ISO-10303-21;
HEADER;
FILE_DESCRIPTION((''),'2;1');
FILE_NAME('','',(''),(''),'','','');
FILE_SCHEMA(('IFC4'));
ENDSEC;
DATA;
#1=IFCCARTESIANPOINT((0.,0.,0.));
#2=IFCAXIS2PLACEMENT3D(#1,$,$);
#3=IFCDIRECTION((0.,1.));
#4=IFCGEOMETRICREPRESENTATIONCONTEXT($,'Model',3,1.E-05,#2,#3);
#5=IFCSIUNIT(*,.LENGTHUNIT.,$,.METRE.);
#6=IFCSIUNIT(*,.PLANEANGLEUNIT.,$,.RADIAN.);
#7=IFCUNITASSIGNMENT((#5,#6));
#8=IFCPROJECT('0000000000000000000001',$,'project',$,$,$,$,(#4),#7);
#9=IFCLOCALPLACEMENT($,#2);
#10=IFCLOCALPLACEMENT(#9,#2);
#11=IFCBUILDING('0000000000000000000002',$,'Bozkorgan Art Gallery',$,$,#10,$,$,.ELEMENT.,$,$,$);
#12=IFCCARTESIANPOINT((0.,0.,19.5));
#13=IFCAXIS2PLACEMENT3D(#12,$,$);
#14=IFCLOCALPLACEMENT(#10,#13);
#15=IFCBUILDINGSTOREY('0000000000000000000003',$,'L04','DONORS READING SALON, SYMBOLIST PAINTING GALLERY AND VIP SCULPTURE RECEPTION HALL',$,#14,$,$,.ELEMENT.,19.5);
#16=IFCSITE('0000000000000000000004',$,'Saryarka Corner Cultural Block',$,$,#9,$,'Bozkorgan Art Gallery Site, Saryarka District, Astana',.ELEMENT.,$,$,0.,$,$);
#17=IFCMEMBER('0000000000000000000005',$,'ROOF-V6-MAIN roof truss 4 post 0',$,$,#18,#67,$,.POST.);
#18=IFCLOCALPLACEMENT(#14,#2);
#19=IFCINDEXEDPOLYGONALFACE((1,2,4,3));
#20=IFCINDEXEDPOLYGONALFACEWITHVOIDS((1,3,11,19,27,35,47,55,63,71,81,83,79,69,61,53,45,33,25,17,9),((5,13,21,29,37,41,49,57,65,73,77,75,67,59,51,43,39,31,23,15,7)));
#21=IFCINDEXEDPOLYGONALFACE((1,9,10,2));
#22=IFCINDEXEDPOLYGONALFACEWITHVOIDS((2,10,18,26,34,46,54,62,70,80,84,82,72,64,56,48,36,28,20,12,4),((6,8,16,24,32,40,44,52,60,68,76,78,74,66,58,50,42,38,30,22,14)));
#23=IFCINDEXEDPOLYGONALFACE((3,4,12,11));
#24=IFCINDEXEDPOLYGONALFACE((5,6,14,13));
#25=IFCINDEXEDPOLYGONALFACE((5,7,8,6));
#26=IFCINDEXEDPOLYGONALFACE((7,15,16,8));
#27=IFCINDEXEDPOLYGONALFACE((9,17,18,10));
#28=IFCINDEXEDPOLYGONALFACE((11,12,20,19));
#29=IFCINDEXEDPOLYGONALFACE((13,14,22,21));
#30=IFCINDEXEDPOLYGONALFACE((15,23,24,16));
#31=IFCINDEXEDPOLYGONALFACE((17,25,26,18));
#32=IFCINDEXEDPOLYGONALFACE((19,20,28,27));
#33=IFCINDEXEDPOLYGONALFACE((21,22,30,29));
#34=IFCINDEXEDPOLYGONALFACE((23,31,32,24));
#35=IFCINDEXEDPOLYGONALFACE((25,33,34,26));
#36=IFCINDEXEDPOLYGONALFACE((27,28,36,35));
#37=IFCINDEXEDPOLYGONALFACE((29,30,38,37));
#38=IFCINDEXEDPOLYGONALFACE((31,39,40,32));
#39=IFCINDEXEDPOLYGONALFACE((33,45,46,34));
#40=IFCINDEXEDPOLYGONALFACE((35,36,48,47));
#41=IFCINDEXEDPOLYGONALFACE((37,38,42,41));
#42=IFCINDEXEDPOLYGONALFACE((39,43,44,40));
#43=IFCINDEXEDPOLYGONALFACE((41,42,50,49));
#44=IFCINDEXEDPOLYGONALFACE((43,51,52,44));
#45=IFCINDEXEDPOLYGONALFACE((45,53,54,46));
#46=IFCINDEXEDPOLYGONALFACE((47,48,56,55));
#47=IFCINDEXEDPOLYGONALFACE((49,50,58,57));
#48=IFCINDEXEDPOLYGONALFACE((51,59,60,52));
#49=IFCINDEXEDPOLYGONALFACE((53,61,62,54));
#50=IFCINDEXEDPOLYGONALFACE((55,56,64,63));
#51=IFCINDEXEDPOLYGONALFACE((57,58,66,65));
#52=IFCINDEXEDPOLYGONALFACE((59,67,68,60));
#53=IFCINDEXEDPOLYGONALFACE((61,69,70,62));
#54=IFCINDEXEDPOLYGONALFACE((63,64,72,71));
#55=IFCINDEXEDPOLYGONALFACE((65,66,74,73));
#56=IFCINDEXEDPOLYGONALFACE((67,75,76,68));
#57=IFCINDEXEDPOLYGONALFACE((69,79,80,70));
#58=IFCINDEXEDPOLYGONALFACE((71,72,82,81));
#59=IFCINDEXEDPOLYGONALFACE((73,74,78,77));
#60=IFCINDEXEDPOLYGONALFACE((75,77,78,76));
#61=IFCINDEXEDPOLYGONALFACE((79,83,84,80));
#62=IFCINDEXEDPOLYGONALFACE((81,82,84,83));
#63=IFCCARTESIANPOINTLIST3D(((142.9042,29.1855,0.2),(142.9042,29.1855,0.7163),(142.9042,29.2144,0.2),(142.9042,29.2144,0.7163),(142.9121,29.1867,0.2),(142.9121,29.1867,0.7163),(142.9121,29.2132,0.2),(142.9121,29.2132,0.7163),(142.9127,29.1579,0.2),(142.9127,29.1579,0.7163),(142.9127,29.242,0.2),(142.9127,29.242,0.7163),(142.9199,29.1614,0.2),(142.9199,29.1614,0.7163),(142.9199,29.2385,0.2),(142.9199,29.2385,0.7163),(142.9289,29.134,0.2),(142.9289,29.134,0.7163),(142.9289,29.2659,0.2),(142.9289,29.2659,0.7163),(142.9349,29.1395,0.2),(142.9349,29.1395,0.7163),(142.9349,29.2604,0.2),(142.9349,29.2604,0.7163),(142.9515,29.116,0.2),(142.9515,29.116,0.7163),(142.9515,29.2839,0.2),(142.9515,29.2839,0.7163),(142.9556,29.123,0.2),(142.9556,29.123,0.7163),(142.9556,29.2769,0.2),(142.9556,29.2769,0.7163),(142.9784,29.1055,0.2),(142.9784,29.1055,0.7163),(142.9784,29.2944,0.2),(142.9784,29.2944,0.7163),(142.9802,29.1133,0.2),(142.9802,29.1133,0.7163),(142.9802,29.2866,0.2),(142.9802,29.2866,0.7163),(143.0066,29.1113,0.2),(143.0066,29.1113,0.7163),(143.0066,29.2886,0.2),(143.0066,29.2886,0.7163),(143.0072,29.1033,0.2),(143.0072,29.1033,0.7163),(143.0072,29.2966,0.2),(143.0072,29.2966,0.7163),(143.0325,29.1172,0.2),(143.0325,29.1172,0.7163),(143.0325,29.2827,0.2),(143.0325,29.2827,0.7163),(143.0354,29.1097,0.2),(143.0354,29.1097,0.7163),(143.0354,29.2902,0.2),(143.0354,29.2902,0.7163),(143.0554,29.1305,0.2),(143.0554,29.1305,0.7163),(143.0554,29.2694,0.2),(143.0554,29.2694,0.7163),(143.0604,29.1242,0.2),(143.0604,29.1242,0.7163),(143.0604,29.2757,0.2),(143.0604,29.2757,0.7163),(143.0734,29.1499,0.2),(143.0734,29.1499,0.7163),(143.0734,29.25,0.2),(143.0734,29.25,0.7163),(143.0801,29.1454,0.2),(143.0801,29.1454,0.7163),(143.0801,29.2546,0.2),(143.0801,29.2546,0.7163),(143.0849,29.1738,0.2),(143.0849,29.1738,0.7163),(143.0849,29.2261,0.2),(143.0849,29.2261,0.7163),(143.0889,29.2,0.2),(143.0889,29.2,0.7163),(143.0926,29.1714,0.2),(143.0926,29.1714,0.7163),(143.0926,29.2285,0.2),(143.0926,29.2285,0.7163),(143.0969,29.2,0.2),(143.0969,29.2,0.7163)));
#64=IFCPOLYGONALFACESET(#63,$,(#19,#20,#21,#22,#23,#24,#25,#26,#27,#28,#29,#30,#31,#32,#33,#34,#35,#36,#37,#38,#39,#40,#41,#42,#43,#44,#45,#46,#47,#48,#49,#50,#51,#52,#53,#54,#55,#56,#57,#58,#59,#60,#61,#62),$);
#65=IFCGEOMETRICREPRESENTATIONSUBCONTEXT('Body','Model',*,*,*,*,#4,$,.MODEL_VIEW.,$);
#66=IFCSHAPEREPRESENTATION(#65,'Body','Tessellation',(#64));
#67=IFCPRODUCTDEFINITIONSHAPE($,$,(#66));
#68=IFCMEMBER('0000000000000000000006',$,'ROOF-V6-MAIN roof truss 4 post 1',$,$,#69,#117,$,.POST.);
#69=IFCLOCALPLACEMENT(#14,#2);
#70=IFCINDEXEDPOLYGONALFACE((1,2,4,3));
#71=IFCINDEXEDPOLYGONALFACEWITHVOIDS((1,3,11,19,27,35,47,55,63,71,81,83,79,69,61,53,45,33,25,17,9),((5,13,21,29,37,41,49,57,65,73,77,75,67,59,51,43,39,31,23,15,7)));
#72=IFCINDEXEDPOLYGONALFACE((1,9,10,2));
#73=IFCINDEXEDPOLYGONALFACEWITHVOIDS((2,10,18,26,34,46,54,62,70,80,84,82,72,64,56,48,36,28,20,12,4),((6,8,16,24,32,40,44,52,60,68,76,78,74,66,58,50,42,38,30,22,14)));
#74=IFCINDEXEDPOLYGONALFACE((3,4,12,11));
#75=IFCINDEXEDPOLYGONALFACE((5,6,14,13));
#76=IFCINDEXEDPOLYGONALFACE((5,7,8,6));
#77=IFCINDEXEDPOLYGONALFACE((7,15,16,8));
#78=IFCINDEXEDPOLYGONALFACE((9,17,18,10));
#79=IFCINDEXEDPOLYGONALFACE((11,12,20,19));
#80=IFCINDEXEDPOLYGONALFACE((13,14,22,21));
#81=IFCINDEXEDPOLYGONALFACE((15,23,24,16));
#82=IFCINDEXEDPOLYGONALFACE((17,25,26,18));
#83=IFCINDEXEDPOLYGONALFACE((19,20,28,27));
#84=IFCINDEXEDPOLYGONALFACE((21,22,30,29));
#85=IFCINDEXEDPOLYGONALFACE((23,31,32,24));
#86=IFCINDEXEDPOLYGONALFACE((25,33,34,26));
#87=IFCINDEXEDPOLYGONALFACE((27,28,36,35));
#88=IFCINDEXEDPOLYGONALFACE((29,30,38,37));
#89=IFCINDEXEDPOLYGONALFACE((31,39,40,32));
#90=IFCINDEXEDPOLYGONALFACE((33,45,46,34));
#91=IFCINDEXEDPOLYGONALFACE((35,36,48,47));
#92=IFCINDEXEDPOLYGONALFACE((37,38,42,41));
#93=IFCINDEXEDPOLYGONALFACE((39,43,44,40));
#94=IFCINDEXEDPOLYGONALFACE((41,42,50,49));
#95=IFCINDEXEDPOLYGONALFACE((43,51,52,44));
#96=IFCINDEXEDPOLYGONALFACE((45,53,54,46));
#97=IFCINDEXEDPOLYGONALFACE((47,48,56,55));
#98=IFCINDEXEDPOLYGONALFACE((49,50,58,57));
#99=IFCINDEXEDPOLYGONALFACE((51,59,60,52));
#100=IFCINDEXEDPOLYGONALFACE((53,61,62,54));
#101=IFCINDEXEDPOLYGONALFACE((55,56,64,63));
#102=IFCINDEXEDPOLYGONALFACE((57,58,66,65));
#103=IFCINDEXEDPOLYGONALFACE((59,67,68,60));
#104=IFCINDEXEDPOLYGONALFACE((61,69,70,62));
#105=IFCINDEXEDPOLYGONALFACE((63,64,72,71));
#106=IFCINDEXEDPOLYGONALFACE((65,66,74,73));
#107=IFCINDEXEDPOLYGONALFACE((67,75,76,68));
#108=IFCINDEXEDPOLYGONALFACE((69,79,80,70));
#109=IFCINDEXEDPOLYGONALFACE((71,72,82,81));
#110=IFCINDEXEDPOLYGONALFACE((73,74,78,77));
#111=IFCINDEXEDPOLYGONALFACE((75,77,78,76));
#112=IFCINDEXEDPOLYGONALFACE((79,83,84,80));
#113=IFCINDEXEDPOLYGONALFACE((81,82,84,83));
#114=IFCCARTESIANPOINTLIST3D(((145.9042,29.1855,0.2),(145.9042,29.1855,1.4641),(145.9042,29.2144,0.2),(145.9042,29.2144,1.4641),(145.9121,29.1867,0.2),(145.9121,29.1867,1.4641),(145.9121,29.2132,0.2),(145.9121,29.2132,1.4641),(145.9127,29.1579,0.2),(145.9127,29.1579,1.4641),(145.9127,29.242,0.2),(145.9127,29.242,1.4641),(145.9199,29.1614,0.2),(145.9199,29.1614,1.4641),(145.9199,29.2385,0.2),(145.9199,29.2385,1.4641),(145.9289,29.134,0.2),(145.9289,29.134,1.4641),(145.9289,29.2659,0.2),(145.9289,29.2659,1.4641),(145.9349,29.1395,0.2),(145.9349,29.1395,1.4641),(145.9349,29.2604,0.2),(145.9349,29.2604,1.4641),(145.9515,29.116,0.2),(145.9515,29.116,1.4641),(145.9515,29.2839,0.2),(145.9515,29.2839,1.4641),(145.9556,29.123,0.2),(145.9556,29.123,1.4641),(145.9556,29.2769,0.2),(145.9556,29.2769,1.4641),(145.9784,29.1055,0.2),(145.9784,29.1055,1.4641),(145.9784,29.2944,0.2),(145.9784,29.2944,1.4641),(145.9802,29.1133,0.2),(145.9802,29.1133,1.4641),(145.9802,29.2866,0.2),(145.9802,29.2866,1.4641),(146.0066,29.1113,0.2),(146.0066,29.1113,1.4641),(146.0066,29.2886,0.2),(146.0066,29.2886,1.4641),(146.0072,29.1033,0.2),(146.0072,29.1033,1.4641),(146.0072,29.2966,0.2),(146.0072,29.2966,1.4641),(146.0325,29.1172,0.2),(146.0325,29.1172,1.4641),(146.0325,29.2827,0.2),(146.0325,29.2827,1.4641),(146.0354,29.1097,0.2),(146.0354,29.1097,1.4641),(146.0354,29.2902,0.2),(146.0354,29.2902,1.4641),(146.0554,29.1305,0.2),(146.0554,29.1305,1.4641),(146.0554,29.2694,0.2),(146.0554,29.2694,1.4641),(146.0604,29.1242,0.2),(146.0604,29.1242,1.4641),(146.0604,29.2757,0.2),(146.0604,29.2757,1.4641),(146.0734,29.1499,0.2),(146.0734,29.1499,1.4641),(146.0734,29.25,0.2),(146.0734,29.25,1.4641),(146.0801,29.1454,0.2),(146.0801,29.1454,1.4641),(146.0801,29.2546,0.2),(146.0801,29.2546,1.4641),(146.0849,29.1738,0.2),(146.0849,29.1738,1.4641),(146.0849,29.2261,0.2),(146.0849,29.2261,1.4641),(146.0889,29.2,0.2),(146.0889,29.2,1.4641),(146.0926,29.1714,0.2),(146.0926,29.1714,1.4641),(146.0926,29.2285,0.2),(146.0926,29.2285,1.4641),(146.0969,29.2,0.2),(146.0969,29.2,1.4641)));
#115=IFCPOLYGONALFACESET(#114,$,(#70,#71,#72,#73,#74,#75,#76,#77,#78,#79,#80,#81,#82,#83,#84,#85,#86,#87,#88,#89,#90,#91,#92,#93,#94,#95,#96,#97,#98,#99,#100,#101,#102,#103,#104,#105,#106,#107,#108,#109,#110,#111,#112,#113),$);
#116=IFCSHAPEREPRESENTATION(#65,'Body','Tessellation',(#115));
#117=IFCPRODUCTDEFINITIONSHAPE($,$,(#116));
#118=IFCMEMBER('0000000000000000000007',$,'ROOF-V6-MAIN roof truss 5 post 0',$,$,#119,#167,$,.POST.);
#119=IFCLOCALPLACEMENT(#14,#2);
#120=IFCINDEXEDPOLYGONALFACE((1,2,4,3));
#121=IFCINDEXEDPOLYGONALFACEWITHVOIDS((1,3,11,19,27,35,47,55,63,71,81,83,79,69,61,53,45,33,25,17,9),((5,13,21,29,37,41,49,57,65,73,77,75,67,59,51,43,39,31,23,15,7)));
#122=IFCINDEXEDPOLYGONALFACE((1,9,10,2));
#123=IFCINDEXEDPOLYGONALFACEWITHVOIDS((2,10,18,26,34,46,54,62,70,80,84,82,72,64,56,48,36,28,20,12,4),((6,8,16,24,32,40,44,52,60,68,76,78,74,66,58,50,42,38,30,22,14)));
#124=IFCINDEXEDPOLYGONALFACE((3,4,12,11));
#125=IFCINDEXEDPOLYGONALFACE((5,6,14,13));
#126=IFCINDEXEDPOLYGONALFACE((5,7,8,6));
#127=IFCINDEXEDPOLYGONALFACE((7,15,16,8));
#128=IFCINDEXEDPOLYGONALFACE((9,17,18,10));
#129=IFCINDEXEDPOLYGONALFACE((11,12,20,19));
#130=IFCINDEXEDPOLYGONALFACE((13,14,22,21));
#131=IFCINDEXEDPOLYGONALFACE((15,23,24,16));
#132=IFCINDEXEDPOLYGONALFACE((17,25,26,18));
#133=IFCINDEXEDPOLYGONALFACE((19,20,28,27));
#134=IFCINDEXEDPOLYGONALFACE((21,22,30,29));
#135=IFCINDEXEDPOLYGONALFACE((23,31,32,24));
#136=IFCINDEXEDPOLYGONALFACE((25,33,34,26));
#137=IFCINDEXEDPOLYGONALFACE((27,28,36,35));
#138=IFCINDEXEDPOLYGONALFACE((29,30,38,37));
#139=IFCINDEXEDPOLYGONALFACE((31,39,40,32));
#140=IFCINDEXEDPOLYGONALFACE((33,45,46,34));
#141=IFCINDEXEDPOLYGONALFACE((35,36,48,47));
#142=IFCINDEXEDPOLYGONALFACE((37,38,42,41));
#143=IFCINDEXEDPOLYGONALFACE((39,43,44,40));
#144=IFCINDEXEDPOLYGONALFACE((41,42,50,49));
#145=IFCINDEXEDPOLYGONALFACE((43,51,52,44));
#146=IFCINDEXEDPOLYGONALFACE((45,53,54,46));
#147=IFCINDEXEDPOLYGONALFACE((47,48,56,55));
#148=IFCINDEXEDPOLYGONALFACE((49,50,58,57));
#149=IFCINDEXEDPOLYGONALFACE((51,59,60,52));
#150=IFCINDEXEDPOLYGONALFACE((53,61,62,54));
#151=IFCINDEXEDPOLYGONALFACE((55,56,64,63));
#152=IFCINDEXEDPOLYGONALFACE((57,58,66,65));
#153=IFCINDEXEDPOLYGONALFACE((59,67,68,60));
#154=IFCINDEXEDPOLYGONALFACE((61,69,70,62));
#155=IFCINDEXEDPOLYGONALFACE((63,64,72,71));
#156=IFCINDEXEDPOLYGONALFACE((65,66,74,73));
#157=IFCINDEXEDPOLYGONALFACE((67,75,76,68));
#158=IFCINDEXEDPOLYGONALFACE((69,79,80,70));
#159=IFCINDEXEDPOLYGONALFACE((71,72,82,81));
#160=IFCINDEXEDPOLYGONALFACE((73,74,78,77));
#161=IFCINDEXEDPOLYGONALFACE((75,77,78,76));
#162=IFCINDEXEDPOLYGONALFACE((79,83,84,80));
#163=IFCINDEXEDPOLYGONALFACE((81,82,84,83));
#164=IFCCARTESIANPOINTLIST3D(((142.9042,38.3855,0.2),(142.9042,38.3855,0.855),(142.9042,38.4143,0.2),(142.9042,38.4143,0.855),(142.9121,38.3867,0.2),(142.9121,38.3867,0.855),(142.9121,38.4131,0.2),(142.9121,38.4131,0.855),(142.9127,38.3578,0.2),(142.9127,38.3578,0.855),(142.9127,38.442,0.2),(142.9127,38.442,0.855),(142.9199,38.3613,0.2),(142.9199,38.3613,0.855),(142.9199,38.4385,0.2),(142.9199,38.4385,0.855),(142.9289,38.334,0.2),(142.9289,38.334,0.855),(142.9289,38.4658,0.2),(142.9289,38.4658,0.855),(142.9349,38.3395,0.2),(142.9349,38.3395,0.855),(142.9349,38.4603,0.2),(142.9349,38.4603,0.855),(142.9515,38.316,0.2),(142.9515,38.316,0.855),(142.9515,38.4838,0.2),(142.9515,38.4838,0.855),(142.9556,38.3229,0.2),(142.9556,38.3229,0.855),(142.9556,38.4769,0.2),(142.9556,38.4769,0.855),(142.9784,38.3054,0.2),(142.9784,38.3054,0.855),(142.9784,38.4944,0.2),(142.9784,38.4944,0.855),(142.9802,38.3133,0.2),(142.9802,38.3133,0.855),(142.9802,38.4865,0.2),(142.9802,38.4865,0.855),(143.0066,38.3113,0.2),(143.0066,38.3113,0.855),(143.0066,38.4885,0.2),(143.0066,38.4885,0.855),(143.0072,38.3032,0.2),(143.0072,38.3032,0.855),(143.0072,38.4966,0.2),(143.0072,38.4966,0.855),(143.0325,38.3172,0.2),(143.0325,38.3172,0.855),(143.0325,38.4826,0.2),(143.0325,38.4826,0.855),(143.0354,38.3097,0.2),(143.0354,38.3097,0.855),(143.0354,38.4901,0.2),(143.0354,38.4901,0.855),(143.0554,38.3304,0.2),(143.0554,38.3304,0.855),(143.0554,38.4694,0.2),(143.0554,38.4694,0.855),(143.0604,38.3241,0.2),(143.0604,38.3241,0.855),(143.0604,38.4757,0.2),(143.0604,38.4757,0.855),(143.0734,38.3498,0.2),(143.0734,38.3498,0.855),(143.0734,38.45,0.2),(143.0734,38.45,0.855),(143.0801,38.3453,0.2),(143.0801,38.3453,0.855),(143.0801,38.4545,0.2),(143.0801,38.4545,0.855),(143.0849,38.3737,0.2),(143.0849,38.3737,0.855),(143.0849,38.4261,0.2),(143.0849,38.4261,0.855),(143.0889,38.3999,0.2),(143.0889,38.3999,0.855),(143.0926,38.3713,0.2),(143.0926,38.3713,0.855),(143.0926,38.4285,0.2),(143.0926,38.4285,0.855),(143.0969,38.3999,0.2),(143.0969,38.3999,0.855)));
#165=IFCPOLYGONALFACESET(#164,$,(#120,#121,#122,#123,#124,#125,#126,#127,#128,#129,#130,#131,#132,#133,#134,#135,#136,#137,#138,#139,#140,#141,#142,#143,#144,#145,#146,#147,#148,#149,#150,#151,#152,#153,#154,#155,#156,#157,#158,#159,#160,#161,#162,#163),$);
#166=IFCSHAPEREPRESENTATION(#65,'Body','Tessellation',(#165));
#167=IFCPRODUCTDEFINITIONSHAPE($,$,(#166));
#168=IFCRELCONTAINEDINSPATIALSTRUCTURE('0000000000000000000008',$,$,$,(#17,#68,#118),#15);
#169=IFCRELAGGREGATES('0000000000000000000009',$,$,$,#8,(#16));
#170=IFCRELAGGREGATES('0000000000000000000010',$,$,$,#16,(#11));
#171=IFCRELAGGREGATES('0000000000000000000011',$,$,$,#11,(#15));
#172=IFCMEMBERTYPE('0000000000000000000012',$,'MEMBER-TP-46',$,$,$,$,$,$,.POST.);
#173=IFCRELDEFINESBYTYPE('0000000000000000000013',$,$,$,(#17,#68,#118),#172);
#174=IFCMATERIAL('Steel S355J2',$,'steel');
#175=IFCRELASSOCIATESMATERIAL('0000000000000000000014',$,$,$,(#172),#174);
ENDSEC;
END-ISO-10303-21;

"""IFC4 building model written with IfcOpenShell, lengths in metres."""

from ifc_helpers import new_model, si_unit, direction, frame, origin, origin_2d, place, context, subcontext, project, spatial, hollow_circle, extrude, material, material_profile, profile_set, type_object, element, save


model = new_model("IFC4")

# Units and contexts
model_context = context("Model", 3, precision=1e-05, world=origin(), true_north=direction((0.0, 1.0)))
body_context = subcontext(model_context, "Body", "Model", "MODEL_VIEW")
ifc_project = project(units=[si_unit("LENGTHUNIT", "METRE"), si_unit("PLANEANGLEUNIT", "RADIAN")], contexts=[model_context])

# Site, building, storey
site_placement = place(None, origin())
site = spatial("IfcSite", under=ifc_project, at=site_placement, Name="Saryarka Corner Cultural Block", LongName="Bozkorgan Art Gallery Site, Saryarka District, Astana", CompositionType="ELEMENT", RefElevation=0.0)
building_placement = place(site_placement, origin())
building = spatial("IfcBuilding", under=site, at=building_placement, Name="Bozkorgan Art Gallery", CompositionType="ELEMENT")
storey_placement = place(building_placement, frame((0.0, 0.0, 19.5)))
storey = spatial("IfcBuildingStorey", under=building, at=storey_placement, Name="L04", Description="DONORS READING SALON, SYMBOLIST PAINTING GALLERY AND VIP SCULPTURE RECEPTION HALL", CompositionType="ELEMENT", Elevation=19.5)

# Shared definitions
ifc_material_1 = material(Name="Steel S355J2", Category="steel")

# Members
ifc_material_profile_1 = material_profile(ifc_material_1, hollow_circle(Radius=0.0969, WallThickness=0.0081, at=origin_2d()), Name="CHS 193.7x8")
ifc_profile_set_1 = profile_set([ifc_material_profile_1], Name="Steel S355J2")
member_type_1 = type_object("IfcMemberType", Name="MEMBER-TP-46", PredefinedType="POST", material=ifc_profile_set_1)
member_1_placement = place(storey_placement, frame((143.0, 29.2, 0.2), z_axis=(0.0, 0.0, 1.0), x_axis=(1.0, 0.0, 0.0)))
element("IfcMember", 1, at=member_1_placement, inside=storey, type_object=member_type_1, Name="ROOF-V6-MAIN roof truss 4 post 0", PredefinedType="POST", context=body_context, shape_type="SweptSolid", body=[
    extrude(hollow_circle(Radius=0.0969, WallThickness=0.0081, at=origin_2d()), origin(), (0.0, 0.0, 1.0), 0.5164),
])
member_2_placement = place(storey_placement, frame((146.0, 29.2, 0.2), z_axis=(0.0, 0.0, 1.0), x_axis=(1.0, 0.0, 0.0)))
element("IfcMember", 2, at=member_2_placement, inside=storey, type_object=member_type_1, Name="ROOF-V6-MAIN roof truss 4 post 1", PredefinedType="POST", context=body_context, shape_type="SweptSolid", body=[
    extrude(hollow_circle(Radius=0.0969, WallThickness=0.0081, at=origin_2d()), origin(), (0.0, 0.0, 1.0), 1.2642),
])
member_3_placement = place(storey_placement, frame((143.0, 38.3999, 0.2), z_axis=(0.0, 0.0, 1.0), x_axis=(1.0, 0.0, 0.0)))
element("IfcMember", 3, at=member_3_placement, inside=storey, type_object=member_type_1, Name="ROOF-V6-MAIN roof truss 5 post 0", PredefinedType="POST", context=body_context, shape_type="SweptSolid", body=[
    extrude(hollow_circle(Radius=0.0969, WallThickness=0.0081, at=origin_2d()), origin(), (0.0, 0.0, 1.0), 0.655),
])

save(model, "model.ifc")
